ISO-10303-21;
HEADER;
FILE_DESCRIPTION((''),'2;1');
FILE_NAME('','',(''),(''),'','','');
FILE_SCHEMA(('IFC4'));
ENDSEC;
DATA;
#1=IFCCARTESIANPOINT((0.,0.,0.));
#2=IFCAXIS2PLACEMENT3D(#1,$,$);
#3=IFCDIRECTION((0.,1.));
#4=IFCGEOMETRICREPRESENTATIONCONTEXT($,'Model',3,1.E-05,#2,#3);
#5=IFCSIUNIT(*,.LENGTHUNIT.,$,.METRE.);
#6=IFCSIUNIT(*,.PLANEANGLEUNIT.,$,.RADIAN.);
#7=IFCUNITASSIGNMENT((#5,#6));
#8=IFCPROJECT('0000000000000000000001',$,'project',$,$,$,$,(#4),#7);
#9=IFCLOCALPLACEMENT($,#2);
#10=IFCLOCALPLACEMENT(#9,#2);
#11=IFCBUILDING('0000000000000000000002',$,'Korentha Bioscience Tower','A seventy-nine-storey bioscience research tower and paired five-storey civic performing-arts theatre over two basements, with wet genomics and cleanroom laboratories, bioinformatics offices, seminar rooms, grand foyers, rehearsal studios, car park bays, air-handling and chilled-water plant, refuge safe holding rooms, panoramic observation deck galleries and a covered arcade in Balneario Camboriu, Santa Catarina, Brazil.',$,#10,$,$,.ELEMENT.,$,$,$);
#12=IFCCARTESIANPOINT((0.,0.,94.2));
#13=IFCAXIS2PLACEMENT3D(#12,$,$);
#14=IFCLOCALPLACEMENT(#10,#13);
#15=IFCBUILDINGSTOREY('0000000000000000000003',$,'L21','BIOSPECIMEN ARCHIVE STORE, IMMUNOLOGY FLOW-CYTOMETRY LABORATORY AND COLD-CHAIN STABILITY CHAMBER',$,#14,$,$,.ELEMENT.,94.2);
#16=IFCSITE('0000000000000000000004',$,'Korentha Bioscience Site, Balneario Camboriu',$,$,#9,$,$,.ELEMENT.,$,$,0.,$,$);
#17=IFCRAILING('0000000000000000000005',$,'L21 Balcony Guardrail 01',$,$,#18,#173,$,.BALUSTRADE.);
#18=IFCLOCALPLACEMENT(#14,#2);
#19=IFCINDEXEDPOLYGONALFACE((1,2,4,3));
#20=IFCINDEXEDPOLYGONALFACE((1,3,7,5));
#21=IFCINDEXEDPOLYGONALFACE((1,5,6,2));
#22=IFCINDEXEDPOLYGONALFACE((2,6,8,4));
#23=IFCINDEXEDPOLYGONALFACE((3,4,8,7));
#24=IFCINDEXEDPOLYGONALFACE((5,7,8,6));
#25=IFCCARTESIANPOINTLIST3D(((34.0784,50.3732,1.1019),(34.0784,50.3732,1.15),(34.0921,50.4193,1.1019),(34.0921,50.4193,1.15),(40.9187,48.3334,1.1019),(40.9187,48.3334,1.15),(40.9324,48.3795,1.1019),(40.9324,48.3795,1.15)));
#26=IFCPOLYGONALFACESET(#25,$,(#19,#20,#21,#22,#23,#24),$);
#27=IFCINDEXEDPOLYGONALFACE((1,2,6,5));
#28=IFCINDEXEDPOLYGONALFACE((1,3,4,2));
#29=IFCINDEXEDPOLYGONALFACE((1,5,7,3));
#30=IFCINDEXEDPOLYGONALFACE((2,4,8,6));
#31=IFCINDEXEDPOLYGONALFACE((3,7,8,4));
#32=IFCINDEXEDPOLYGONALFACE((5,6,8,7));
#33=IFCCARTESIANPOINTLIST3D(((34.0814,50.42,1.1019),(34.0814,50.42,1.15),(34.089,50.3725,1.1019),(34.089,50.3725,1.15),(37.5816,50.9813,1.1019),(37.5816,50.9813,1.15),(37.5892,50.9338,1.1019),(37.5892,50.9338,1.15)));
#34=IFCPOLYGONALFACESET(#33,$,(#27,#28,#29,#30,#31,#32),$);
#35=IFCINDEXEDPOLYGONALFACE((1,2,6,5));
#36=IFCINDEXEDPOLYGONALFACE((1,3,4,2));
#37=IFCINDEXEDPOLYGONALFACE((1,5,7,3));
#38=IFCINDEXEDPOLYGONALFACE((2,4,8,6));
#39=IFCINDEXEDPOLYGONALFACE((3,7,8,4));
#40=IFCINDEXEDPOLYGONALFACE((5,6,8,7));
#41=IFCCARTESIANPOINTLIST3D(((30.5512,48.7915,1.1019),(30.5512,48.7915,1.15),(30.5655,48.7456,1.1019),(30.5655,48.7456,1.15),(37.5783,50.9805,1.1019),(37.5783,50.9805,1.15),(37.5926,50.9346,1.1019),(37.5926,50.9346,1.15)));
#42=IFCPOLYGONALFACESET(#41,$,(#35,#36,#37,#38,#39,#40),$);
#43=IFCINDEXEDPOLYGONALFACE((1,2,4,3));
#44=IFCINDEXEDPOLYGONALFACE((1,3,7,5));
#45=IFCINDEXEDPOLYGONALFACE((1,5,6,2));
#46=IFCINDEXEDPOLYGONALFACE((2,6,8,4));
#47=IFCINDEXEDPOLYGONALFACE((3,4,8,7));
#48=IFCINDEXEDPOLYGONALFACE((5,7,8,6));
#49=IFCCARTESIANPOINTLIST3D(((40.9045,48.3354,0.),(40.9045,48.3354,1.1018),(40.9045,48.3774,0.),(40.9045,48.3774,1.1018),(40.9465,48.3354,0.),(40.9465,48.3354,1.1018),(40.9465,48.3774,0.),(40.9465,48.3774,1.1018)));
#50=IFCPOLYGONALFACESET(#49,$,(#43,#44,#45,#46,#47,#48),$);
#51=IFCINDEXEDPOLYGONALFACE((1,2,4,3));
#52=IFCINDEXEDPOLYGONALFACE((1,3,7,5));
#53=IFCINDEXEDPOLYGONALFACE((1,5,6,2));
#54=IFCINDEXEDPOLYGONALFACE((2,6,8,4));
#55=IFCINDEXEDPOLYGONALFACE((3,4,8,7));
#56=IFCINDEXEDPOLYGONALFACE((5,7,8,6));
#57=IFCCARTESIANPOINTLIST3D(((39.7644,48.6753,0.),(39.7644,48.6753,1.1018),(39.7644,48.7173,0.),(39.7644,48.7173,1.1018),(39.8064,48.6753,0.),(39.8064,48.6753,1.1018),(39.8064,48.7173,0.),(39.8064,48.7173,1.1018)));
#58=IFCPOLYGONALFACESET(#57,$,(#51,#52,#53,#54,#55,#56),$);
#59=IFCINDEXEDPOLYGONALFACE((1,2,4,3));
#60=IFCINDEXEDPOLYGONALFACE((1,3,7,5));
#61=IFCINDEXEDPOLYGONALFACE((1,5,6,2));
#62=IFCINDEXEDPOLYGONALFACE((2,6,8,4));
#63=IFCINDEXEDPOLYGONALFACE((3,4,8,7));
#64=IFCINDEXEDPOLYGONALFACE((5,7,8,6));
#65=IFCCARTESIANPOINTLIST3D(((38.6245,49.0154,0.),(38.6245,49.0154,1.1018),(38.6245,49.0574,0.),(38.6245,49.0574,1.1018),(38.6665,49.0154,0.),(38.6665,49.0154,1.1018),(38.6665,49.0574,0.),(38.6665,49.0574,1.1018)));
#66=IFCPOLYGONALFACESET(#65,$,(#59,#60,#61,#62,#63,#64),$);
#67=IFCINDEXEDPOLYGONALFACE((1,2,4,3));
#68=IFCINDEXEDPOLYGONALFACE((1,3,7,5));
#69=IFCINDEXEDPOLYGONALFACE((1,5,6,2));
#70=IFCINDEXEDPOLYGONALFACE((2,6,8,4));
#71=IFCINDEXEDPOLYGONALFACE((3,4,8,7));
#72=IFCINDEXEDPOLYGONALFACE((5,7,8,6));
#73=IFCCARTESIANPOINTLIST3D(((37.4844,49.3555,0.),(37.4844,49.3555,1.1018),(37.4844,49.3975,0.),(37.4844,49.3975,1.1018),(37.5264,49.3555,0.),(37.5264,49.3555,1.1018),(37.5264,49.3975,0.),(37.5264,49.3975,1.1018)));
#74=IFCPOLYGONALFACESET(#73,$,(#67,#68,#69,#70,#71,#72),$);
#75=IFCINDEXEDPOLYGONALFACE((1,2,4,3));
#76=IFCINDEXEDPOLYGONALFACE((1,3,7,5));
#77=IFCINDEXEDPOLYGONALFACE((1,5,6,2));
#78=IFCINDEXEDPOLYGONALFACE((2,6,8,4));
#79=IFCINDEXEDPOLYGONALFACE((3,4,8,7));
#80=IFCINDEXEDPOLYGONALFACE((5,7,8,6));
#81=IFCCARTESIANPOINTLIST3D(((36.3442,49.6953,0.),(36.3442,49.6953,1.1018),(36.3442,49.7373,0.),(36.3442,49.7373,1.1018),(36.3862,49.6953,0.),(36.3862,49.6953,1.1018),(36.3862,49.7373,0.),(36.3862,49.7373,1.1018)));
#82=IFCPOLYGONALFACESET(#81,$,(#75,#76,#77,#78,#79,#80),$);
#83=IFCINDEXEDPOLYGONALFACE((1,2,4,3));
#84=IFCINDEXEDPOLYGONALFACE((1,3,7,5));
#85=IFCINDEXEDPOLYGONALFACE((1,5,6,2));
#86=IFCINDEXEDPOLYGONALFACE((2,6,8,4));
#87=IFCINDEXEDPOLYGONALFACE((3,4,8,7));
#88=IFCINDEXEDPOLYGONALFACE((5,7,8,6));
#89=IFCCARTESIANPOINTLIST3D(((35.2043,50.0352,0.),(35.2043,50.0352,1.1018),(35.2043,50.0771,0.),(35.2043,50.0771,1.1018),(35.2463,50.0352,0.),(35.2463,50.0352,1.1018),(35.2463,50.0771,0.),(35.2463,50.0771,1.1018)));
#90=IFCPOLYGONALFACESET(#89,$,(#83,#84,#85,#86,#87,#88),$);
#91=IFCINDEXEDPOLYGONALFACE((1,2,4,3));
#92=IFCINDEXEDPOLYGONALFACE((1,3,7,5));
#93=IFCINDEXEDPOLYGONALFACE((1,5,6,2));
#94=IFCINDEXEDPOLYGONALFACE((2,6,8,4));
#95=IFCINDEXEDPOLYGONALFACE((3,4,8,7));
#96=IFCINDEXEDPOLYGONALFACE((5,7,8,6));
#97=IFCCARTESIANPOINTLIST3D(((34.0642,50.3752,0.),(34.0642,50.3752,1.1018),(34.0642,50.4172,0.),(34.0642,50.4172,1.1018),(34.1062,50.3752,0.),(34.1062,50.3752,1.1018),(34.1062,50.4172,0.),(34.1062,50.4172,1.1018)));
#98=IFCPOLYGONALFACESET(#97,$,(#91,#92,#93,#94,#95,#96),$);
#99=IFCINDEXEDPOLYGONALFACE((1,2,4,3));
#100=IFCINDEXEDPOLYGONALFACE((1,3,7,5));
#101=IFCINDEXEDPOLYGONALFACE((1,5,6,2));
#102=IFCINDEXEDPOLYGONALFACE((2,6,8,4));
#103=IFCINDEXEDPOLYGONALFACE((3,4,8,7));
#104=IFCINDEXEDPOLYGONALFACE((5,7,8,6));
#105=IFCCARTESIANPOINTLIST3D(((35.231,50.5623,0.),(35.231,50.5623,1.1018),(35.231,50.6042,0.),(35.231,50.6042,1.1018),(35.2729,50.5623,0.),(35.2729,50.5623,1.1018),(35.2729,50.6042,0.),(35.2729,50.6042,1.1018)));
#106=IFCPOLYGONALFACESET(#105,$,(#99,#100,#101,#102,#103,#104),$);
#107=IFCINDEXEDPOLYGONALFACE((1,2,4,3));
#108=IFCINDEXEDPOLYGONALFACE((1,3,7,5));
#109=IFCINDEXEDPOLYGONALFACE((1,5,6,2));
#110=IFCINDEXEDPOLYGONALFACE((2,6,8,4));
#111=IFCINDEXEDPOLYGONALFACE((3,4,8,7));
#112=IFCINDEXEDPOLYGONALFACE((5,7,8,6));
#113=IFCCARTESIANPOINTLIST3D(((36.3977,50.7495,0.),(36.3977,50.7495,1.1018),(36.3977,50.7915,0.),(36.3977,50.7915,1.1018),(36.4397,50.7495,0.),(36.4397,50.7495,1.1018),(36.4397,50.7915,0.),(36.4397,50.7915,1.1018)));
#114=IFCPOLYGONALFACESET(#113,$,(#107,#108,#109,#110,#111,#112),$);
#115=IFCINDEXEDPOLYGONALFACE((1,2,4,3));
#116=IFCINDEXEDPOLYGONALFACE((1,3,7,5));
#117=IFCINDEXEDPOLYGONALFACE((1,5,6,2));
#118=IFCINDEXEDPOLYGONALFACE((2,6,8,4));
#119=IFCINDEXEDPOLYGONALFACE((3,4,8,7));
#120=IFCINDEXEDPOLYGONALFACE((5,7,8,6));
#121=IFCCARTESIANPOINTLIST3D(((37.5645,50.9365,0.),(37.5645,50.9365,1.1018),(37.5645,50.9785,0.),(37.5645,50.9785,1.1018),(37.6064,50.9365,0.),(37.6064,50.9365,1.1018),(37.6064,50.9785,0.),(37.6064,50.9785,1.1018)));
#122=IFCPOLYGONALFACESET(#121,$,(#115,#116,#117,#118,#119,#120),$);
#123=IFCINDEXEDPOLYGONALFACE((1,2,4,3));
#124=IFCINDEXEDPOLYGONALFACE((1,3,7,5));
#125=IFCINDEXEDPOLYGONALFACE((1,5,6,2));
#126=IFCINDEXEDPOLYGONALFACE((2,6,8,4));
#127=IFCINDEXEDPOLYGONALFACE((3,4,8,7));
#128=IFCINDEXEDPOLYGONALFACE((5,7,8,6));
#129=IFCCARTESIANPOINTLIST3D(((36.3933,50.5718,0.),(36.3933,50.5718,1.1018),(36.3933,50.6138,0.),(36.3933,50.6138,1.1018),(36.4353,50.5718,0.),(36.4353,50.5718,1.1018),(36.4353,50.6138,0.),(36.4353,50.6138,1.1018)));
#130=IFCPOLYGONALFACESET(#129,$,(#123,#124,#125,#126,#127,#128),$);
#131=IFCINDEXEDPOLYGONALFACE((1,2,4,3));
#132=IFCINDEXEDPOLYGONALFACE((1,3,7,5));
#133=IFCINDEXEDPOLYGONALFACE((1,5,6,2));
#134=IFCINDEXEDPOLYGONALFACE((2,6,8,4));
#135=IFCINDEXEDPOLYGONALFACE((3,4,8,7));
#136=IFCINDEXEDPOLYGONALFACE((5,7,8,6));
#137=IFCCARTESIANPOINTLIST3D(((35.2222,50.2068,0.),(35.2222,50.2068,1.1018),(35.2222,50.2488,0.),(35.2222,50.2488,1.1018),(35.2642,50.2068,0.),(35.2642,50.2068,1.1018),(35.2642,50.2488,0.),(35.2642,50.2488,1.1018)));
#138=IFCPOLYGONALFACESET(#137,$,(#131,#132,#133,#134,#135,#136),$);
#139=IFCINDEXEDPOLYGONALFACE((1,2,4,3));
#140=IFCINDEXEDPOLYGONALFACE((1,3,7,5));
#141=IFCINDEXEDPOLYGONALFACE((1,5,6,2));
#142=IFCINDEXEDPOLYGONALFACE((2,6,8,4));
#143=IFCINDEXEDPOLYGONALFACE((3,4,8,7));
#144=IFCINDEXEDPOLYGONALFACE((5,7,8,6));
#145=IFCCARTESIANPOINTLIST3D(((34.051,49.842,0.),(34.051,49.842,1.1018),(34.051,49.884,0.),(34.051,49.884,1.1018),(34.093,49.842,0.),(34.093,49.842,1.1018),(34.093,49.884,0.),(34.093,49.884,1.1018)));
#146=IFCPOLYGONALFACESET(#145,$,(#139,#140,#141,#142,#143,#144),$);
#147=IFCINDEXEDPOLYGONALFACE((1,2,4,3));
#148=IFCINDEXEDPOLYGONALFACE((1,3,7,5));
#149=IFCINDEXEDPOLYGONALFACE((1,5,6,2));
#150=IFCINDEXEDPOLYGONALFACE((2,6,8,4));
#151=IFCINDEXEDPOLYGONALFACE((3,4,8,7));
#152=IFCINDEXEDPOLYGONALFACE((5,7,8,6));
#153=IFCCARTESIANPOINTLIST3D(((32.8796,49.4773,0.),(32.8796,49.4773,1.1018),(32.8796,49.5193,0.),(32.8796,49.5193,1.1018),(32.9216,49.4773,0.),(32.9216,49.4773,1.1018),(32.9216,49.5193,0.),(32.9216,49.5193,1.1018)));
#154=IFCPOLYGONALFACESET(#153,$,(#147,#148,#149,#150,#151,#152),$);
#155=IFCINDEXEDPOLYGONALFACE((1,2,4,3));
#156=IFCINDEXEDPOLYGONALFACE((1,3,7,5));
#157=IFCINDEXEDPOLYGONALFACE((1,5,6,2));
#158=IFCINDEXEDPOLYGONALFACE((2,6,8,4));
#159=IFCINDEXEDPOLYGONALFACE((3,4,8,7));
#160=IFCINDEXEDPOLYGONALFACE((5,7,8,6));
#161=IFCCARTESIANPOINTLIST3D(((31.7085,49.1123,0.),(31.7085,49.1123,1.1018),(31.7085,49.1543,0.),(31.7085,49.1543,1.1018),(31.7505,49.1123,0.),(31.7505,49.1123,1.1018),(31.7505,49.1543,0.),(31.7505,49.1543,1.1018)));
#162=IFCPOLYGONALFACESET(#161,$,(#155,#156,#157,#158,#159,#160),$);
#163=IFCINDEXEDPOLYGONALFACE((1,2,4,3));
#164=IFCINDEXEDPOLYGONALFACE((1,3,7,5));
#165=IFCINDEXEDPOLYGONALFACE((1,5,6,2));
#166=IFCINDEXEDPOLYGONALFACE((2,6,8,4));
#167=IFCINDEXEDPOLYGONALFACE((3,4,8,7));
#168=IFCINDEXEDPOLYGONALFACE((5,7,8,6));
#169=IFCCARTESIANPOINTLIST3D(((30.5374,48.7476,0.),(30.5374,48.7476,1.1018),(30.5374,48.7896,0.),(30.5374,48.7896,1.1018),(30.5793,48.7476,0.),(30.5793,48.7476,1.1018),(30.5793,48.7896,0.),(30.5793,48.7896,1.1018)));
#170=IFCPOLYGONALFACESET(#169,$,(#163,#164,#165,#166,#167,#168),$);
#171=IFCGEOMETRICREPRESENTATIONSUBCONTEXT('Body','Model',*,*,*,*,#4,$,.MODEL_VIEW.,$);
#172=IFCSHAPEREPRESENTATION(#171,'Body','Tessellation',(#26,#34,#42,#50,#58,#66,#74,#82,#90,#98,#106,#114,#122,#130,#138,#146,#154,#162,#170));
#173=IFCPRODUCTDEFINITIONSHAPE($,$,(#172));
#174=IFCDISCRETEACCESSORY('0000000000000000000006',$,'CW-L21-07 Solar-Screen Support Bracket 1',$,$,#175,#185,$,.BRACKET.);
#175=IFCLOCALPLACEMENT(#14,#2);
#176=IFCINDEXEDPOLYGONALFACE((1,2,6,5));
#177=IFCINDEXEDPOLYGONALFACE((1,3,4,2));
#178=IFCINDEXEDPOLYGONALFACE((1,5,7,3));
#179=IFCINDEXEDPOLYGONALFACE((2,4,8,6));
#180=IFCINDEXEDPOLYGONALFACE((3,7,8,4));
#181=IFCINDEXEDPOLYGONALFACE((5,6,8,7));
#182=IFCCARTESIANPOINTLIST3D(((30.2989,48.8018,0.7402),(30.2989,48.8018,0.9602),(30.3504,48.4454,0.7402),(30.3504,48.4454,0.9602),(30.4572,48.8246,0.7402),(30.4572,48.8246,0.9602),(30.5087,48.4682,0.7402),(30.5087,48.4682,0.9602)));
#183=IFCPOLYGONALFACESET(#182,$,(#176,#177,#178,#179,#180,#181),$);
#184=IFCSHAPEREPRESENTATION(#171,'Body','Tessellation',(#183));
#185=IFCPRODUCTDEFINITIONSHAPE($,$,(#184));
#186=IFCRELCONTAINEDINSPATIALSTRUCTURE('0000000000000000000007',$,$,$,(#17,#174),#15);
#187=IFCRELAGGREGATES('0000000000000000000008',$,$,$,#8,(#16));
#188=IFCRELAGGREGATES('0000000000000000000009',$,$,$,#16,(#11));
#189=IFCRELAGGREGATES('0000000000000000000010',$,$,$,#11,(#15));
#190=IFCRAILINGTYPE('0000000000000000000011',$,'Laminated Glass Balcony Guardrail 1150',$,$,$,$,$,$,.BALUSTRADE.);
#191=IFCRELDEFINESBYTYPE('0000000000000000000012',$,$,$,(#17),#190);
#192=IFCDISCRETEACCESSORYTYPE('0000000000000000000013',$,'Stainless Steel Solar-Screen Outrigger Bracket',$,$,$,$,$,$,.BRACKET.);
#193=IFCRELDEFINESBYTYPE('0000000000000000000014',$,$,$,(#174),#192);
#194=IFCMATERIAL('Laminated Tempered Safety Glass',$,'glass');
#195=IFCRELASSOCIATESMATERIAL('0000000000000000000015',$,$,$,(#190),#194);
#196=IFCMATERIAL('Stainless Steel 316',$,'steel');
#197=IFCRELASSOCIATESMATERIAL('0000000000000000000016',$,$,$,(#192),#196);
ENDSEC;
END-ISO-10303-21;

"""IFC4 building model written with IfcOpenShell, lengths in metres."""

from ifc_helpers import new_model, si_unit, direction, frame, origin, origin_2d, place, context, subcontext, project, spatial, rectangle, extrude, material, type_object, element, save


model = new_model("IFC4")

# Units and contexts
model_context = context("Model", 3, precision=1e-05, world=origin(), true_north=direction((0.0, 1.0)))
body_context = subcontext(model_context, "Body", "Model", "MODEL_VIEW")
ifc_project = project(units=[si_unit("LENGTHUNIT", "METRE"), si_unit("PLANEANGLEUNIT", "RADIAN")], contexts=[model_context])

# Site, building, storey
site_placement = place(None, origin())
site = spatial("IfcSite", under=ifc_project, at=site_placement, Name="Korentha Bioscience Site, Balneario Camboriu", CompositionType="ELEMENT", RefElevation=0.0)
building_placement = place(site_placement, origin())
building = spatial("IfcBuilding", under=site, at=building_placement, Name="Korentha Bioscience Tower", Description="A seventy-nine-storey bioscience research tower and paired five-storey civic performing-arts theatre over two basements, with wet genomics and cleanroom laboratories, bioinformatics offices, seminar rooms, grand foyers, rehearsal studios, car park bays, air-handling and chilled-water plant, refuge safe holding rooms, panoramic observation deck galleries and a covered arcade in Balneario Camboriu, Santa Catarina, Brazil.", CompositionType="ELEMENT")
storey_placement = place(building_placement, frame((0.0, 0.0, 94.2)))
storey = spatial("IfcBuildingStorey", under=building, at=storey_placement, Name="L21", Description="BIOSPECIMEN ARCHIVE STORE, IMMUNOLOGY FLOW-CYTOMETRY LABORATORY AND COLD-CHAIN STABILITY CHAMBER", CompositionType="ELEMENT", Elevation=94.2)

# Railing
ifc_material_1 = material(Name="Laminated Tempered Safety Glass", Category="glass")
railing_type = type_object("IfcRailingType", Name="Laminated Glass Balcony Guardrail 1150", PredefinedType="BALUSTRADE", material=ifc_material_1)
railing_placement = place(storey_placement, frame((40.9255, 48.3564, 0.0)))
element("IfcRailing", 1, at=railing_placement, inside=storey, type_object=railing_type, Name="L21 Balcony Guardrail 01", PredefinedType="BALUSTRADE", context=body_context, shape_type="SweptSolid", body=[
    extrude(rectangle(XDim=0.0481, YDim=0.0481, at=origin_2d()), frame((0.0, 0.0, 1.126), z_axis=(-0.958299, 0.285766, 0.0), x_axis=(-0.285766, -0.958299, 0.0)), (0.0, 0.0, 1.0), 7.1379),
    extrude(rectangle(XDim=0.0481, YDim=0.0481, at=origin_2d()), frame((-6.8403, 2.0398, 1.126), z_axis=(0.987386, 0.158332, 0.0), x_axis=(-0.158332, 0.987386, 0.0)), (0.0, 0.0, 1.0), 3.5449),
    extrude(rectangle(XDim=0.0481, YDim=0.0481, at=origin_2d()), frame((-3.3401, 2.6011, 1.126), z_axis=(-0.95475, -0.297408, 0.0), x_axis=(0.297408, -0.95475, 0.0)), (0.0, 0.0, 1.0), 7.3601),
    extrude(rectangle(XDim=0.042, YDim=0.042, at=origin_2d()), origin(), (0.0, 0.0, 1.0), 1.1018),
    extrude(rectangle(XDim=0.042, YDim=0.042, at=origin_2d()), frame((-1.1401, 0.3398, 0.0)), (0.0, 0.0, 1.0), 1.1018),
    extrude(rectangle(XDim=0.042, YDim=0.042, at=origin_2d()), frame((-2.28, 0.6799, 0.0)), (0.0, 0.0, 1.0), 1.1018),
    extrude(rectangle(XDim=0.042, YDim=0.042, at=origin_2d()), frame((-3.4202, 1.02, 0.0)), (0.0, 0.0, 1.0), 1.1018),
    extrude(rectangle(XDim=0.042, YDim=0.042, at=origin_2d()), frame((-4.5603, 1.3599, 0.0)), (0.0, 0.0, 1.0), 1.1018),
    extrude(rectangle(XDim=0.042, YDim=0.042, at=origin_2d()), frame((-5.7002, 1.6997, 0.0)), (0.0, 0.0, 1.0), 1.1018),
    extrude(rectangle(XDim=0.042, YDim=0.042, at=origin_2d()), frame((-6.8403, 2.0398, 0.0)), (0.0, 0.0, 1.0), 1.1018),
    extrude(rectangle(XDim=0.042, YDim=0.042, at=origin_2d()), frame((-5.6736, 2.2268, 0.0)), (0.0, 0.0, 1.0), 1.1018),
    extrude(rectangle(XDim=0.042, YDim=0.042, at=origin_2d()), frame((-4.5068, 2.4141, 0.0)), (0.0, 0.0, 1.0), 1.1018),
    extrude(rectangle(XDim=0.042, YDim=0.042, at=origin_2d()), frame((-3.3401, 2.6011, 0.0)), (0.0, 0.0, 1.0), 1.1018),
    extrude(rectangle(XDim=0.042, YDim=0.042, at=origin_2d()), frame((-4.5112, 2.2363, 0.0)), (0.0, 0.0, 1.0), 1.1018),
    extrude(rectangle(XDim=0.042, YDim=0.042, at=origin_2d()), frame((-5.6824, 1.8713, 0.0)), (0.0, 0.0, 1.0), 1.1018),
    extrude(rectangle(XDim=0.042, YDim=0.042, at=origin_2d()), frame((-6.8535, 1.5066, 0.0)), (0.0, 0.0, 1.0), 1.1018),
    extrude(rectangle(XDim=0.042, YDim=0.042, at=origin_2d()), frame((-8.0249, 1.1418, 0.0)), (0.0, 0.0, 1.0), 1.1018),
    extrude(rectangle(XDim=0.042, YDim=0.042, at=origin_2d()), frame((-9.196, 0.7769, 0.0)), (0.0, 0.0, 1.0), 1.1018),
    extrude(rectangle(XDim=0.042, YDim=0.042, at=origin_2d()), frame((-10.3672, 0.4121, 0.0)), (0.0, 0.0, 1.0), 1.1018),
])

# Discrete accessory
ifc_material_2 = material(Name="Stainless Steel 316", Category="steel")
discrete_accessory_type = type_object("IfcDiscreteAccessoryType", Name="Stainless Steel Solar-Screen Outrigger Bracket", PredefinedType="BRACKET", material=ifc_material_2)
discrete_accessory_placement = place(storey_placement, frame((30.4038, 48.635, 0.7402), z_axis=(0.0, 0.0, 1.0), x_axis=(-0.989738, -0.142892, 0.0)))
element("IfcDiscreteAccessory", 2, at=discrete_accessory_placement, inside=storey, type_object=discrete_accessory_type, Name="CW-L21-07 Solar-Screen Support Bracket 1", PredefinedType="BRACKET", context=body_context, shape_type="SweptSolid", body=[
    extrude(rectangle(XDim=0.1599, YDim=0.3601, at=origin_2d()), origin(), (0.0, 0.0, 1.0), 0.22),
])

save(model, "model.ifc")
